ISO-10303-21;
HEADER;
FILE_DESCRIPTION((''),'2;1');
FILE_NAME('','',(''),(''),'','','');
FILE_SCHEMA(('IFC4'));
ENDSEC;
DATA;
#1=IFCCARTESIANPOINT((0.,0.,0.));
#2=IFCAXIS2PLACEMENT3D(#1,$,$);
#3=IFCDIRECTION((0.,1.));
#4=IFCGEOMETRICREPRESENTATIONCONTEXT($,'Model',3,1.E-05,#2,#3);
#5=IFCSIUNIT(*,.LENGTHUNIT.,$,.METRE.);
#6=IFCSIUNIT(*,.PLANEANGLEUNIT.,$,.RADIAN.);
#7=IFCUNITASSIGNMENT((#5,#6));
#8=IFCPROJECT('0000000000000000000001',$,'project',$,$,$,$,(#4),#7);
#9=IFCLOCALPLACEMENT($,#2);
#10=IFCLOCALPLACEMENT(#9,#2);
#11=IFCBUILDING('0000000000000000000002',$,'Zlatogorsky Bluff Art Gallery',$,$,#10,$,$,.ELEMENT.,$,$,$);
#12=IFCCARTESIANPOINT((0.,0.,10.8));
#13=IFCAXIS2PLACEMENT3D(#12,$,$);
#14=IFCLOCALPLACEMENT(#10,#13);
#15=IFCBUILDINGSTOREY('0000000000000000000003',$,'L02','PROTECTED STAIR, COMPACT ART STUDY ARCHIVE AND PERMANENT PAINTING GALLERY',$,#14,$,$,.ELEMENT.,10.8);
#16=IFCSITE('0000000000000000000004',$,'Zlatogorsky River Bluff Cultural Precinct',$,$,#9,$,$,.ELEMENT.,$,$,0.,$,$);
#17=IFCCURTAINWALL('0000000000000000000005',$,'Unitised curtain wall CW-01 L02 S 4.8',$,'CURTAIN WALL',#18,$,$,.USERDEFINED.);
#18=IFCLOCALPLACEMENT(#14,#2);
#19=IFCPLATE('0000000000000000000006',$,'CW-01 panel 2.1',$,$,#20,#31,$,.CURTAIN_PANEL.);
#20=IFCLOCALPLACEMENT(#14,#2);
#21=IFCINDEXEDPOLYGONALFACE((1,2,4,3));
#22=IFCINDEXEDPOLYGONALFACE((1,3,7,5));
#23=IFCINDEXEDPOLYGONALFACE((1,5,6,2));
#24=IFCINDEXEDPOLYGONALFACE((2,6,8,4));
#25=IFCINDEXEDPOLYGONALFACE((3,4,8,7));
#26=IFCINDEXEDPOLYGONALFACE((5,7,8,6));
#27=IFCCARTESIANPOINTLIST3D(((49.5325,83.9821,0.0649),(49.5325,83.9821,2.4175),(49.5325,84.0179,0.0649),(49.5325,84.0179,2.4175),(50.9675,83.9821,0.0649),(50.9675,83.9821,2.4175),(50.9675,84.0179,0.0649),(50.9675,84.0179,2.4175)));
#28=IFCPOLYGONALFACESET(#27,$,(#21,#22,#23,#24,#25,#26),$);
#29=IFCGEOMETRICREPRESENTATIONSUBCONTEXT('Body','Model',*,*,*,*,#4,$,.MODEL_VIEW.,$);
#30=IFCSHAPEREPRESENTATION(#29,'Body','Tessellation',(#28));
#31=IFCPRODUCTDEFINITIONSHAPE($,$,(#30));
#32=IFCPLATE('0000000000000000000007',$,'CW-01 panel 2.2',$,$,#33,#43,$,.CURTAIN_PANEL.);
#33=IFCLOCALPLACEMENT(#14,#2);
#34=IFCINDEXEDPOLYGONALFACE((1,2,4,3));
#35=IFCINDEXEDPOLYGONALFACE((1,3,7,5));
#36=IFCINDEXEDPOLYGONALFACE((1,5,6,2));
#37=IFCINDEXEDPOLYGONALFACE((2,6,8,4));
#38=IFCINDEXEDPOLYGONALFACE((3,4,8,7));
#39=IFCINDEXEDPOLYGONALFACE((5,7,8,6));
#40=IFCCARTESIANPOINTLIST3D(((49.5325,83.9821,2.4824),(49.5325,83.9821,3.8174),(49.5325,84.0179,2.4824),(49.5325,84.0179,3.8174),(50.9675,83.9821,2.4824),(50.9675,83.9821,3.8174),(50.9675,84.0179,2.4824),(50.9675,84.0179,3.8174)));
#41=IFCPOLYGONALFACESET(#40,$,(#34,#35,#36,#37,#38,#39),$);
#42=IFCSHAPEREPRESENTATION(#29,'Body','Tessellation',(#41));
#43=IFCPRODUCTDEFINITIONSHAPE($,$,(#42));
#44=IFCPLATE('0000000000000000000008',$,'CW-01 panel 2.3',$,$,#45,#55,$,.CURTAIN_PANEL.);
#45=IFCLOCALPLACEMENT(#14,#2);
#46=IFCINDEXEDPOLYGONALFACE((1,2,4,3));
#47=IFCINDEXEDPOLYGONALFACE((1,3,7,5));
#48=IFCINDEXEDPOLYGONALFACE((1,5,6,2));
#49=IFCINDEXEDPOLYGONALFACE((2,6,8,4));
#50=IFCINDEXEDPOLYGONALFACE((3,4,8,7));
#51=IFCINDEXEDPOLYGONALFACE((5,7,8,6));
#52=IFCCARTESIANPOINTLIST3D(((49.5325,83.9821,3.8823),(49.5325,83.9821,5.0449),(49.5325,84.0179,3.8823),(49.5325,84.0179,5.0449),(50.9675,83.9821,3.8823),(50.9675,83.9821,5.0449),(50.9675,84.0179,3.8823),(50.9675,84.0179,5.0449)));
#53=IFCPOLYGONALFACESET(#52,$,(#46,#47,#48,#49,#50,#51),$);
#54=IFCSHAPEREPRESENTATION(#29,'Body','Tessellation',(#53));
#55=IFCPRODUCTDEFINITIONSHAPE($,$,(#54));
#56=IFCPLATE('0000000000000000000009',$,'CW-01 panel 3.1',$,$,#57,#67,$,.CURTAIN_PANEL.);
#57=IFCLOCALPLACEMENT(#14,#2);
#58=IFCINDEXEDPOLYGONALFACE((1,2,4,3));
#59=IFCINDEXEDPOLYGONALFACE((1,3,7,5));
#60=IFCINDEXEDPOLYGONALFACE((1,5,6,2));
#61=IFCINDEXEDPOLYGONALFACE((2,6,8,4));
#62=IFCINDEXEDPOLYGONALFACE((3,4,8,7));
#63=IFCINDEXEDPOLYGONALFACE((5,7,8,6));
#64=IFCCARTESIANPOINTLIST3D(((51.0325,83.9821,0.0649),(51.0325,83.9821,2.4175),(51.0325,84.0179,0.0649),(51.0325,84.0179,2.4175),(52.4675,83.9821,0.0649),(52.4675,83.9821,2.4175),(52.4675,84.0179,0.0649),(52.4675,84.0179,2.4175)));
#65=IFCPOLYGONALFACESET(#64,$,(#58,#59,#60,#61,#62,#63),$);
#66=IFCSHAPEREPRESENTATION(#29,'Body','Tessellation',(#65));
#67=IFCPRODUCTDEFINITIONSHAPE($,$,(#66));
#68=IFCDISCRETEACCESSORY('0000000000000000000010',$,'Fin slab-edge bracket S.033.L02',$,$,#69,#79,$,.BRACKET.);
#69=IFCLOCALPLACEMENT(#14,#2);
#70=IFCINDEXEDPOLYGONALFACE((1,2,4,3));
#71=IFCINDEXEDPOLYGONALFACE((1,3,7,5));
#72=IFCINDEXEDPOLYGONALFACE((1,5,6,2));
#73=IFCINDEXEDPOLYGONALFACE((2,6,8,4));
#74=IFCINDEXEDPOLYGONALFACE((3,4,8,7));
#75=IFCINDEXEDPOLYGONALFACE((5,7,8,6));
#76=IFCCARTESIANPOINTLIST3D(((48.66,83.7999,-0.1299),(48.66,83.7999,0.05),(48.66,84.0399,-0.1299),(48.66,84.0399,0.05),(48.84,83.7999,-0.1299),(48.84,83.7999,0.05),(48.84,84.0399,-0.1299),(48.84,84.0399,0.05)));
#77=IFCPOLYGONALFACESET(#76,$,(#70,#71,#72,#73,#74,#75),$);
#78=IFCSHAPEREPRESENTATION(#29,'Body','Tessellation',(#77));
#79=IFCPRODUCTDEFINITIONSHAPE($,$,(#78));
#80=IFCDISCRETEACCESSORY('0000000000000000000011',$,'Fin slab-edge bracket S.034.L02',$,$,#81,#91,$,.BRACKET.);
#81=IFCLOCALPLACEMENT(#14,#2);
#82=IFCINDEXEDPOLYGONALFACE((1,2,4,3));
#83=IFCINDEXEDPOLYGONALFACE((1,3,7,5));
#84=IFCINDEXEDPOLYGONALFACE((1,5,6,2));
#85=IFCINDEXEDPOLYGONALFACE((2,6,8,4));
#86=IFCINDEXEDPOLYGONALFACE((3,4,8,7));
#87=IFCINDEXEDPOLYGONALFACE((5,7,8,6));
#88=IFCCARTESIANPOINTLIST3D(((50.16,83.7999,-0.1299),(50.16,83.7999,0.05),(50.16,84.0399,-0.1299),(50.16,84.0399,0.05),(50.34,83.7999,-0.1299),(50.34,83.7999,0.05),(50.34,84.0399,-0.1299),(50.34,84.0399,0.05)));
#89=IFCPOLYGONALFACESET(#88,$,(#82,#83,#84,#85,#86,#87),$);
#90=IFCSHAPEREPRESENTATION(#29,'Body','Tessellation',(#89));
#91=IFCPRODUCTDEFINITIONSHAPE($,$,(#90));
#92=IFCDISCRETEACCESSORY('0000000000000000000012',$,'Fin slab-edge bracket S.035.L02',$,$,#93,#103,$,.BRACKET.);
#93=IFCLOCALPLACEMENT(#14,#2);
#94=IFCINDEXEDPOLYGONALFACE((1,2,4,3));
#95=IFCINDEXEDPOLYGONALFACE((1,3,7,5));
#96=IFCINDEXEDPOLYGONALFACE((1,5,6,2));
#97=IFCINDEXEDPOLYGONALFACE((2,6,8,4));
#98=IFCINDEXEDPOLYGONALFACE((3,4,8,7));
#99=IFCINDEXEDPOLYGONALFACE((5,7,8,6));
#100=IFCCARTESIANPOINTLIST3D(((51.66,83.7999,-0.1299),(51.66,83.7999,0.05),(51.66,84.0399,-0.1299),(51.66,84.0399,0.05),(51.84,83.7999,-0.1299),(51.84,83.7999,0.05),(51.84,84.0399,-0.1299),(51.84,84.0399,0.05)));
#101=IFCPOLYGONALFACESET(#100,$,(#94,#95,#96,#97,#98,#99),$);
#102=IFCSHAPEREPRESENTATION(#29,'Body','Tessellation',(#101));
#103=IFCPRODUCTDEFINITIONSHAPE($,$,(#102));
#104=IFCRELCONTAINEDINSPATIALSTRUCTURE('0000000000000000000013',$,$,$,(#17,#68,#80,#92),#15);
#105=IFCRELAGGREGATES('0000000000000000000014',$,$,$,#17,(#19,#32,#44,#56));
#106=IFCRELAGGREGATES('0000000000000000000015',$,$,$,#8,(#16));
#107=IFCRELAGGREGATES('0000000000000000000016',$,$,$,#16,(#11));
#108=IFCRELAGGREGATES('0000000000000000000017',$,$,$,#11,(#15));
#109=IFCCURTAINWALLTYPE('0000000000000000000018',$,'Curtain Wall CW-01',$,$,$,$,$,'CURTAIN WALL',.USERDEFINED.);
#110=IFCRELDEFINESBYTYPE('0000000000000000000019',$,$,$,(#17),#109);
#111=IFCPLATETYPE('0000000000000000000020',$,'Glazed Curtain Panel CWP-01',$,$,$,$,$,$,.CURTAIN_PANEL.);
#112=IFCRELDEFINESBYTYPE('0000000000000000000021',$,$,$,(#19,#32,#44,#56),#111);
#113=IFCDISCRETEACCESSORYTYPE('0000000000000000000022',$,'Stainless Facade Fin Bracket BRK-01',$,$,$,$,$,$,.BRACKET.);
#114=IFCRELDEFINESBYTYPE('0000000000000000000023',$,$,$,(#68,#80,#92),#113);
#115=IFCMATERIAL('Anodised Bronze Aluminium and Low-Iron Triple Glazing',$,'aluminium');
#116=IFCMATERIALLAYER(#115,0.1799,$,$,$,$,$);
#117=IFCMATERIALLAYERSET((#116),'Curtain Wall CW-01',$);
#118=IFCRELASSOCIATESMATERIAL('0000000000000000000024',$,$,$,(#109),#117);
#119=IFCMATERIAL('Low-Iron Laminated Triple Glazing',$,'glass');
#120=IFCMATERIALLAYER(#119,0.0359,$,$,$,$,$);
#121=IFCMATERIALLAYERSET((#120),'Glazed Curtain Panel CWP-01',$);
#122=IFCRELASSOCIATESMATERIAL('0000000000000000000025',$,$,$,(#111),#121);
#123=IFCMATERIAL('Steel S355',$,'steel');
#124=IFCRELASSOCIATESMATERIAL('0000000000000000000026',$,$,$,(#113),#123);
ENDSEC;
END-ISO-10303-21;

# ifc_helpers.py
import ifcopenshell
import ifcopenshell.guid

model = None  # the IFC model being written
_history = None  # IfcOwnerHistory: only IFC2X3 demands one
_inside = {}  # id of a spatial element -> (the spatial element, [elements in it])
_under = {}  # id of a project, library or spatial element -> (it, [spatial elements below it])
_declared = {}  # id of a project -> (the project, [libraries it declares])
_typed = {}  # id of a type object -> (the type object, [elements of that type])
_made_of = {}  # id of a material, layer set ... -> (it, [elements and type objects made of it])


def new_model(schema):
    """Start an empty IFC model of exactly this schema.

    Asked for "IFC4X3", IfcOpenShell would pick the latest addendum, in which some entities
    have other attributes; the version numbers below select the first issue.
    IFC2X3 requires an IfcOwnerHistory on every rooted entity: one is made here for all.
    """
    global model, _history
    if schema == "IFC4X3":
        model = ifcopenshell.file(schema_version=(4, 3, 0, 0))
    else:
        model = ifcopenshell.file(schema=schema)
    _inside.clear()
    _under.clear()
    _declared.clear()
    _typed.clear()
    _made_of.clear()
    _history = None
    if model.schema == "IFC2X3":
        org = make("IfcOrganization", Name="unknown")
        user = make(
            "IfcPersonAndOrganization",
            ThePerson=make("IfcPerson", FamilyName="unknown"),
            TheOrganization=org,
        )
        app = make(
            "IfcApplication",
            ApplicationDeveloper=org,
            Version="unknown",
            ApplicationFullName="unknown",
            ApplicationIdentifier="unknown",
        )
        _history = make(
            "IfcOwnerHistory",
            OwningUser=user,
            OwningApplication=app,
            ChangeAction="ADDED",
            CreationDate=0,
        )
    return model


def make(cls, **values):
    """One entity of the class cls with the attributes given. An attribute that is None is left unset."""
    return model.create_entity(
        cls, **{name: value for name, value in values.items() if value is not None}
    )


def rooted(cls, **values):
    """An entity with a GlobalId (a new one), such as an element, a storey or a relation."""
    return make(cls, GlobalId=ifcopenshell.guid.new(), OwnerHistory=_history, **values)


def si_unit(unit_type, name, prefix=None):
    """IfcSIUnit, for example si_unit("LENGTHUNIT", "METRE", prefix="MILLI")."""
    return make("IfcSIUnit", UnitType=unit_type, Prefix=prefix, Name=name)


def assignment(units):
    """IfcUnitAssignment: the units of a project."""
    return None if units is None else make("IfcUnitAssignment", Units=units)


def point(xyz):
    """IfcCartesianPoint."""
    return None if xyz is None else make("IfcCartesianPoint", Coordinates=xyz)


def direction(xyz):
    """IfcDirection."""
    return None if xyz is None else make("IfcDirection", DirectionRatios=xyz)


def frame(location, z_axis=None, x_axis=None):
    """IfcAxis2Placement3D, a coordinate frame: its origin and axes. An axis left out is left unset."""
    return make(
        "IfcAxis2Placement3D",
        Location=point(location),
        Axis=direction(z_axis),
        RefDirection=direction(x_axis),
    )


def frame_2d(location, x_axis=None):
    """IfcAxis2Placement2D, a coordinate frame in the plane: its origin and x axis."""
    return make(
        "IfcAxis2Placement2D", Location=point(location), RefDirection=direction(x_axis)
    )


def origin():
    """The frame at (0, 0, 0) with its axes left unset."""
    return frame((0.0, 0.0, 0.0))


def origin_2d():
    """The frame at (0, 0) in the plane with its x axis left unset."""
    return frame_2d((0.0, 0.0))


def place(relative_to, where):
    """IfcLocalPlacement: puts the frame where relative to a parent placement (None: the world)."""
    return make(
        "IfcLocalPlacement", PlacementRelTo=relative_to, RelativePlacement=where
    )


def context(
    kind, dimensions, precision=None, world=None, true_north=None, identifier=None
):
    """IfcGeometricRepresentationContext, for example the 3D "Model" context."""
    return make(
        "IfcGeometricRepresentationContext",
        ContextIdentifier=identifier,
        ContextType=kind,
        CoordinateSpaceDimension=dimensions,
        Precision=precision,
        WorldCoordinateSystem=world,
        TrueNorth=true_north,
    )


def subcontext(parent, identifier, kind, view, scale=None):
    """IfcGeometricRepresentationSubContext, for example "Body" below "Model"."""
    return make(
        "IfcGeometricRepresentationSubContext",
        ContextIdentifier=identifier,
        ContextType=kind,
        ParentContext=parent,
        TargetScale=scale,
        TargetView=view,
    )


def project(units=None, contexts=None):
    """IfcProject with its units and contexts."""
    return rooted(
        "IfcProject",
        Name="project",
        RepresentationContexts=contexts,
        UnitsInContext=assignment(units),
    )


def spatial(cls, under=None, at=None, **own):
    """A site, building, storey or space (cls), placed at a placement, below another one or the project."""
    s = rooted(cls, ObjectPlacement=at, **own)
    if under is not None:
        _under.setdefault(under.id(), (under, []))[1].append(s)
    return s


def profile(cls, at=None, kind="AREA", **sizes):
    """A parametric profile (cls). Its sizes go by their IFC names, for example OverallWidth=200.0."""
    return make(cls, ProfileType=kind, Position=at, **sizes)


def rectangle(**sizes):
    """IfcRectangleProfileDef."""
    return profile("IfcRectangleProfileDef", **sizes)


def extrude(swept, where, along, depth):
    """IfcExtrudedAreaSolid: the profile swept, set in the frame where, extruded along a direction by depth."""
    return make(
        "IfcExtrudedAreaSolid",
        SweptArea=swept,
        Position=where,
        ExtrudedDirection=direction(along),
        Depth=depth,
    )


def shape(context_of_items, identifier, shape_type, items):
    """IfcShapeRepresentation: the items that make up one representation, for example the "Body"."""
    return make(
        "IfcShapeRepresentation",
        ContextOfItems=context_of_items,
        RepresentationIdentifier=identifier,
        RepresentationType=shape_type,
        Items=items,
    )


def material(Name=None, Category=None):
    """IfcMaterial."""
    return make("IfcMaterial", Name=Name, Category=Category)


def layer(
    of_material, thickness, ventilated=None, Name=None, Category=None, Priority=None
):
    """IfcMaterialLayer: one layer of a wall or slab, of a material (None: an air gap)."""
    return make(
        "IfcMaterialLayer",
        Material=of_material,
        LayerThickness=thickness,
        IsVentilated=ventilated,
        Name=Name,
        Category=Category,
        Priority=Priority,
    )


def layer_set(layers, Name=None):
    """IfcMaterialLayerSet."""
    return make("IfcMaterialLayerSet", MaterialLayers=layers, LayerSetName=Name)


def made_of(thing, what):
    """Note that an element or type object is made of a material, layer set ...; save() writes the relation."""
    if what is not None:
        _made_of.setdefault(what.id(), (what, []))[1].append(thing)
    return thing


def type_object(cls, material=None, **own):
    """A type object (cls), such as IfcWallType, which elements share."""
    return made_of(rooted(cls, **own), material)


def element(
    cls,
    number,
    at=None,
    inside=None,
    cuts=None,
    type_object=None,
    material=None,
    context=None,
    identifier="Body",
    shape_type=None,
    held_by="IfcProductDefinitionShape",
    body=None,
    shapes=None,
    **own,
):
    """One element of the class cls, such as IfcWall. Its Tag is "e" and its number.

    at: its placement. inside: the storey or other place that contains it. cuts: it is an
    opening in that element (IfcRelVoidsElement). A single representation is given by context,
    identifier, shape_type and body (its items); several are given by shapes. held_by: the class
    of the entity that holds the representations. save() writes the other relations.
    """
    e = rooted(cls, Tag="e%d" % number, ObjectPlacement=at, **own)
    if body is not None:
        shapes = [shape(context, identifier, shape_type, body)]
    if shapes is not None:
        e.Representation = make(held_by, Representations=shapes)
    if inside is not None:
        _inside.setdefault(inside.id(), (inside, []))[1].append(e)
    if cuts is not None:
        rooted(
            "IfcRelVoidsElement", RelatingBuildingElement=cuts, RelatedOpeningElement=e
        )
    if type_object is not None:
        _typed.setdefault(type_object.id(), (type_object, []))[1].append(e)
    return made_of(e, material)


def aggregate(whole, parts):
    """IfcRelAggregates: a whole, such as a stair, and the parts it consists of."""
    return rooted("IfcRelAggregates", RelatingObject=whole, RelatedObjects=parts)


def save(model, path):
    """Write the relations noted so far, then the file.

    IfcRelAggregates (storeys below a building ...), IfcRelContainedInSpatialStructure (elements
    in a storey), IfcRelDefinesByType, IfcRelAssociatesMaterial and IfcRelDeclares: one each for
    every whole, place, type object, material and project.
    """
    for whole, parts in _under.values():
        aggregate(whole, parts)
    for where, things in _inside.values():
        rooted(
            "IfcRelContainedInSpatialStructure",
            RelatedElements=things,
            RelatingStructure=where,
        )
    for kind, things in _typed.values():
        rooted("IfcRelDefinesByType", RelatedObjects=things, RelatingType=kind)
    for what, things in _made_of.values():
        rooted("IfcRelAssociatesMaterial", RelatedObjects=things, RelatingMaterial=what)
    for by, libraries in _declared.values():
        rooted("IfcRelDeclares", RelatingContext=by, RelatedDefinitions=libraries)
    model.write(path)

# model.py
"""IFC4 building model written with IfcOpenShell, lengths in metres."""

from ifc_helpers import new_model, si_unit, direction, frame, origin, origin_2d, place, context, subcontext, project, spatial, rectangle, extrude, material, layer, layer_set, type_object, element, aggregate, save


model = new_model("IFC4")

# Units and contexts
model_context = context("Model", 3, precision=1e-05, world=origin(), true_north=direction((0.0, 1.0)))
body_context = subcontext(model_context, "Body", "Model", "MODEL_VIEW")
ifc_project = project(units=[si_unit("LENGTHUNIT", "METRE"), si_unit("PLANEANGLEUNIT", "RADIAN")], contexts=[model_context])

# Site, building, storey
site_placement = place(None, origin())
site = spatial("IfcSite", under=ifc_project, at=site_placement, Name="Zlatogorsky River Bluff Cultural Precinct", CompositionType="ELEMENT", RefElevation=0.0)
building_placement = place(site_placement, origin())
building = spatial("IfcBuilding", under=site, at=building_placement, Name="Zlatogorsky Bluff Art Gallery", CompositionType="ELEMENT")
storey_placement = place(building_placement, frame((0.0, 0.0, 10.8)))
storey = spatial("IfcBuildingStorey", under=building, at=storey_placement, Name="L02", Description="PROTECTED STAIR, COMPACT ART STUDY ARCHIVE AND PERMANENT PAINTING GALLERY", CompositionType="ELEMENT", Elevation=10.8)

# Curtain wall, plates
ifc_material_1 = material(Name="Anodised Bronze Aluminium and Low-Iron Triple Glazing", Category="aluminium")
ifc_layer_1 = layer(ifc_material_1, 0.1799)
ifc_layer_set_1 = layer_set([ifc_layer_1], Name="Curtain Wall CW-01")
curtain_wall_type = type_object("IfcCurtainWallType", Name="Curtain Wall CW-01", ElementType="CURTAIN WALL", PredefinedType="USERDEFINED", material=ifc_layer_set_1)
curtain_wall_placement = place(storey_placement, origin())
curtain_wall = element("IfcCurtainWall", 1, at=curtain_wall_placement, inside=storey, type_object=curtain_wall_type, Name="Unitised curtain wall CW-01 L02 S 4.8", ObjectType="CURTAIN WALL", PredefinedType="USERDEFINED")
ifc_material_2 = material(Name="Low-Iron Laminated Triple Glazing", Category="glass")
ifc_layer_2 = layer(ifc_material_2, 0.0359)
ifc_layer_set_2 = layer_set([ifc_layer_2], Name="Glazed Curtain Panel CWP-01")
plate_type = type_object("IfcPlateType", Name="Glazed Curtain Panel CWP-01", PredefinedType="CURTAIN_PANEL", material=ifc_layer_set_2)
plate_1_placement = place(storey_placement, frame((50.25, 84.0, 0.0649), z_axis=(0.0, 0.0, 1.0), x_axis=(1.0, 0.0, 0.0)))
plate_1 = element("IfcPlate", 2, at=plate_1_placement, type_object=plate_type, Name="CW-01 panel 2.1", PredefinedType="CURTAIN_PANEL", context=body_context, shape_type="SweptSolid", body=[
    extrude(rectangle(XDim=1.4351, YDim=0.0359, at=origin_2d()), origin(), (0.0, 0.0, 1.0), 2.3525),
])
plate_2_placement = place(storey_placement, frame((50.25, 84.0, 2.4824), z_axis=(0.0, 0.0, 1.0), x_axis=(1.0, 0.0, 0.0)))
plate_2 = element("IfcPlate", 3, at=plate_2_placement, type_object=plate_type, Name="CW-01 panel 2.2", PredefinedType="CURTAIN_PANEL", context=body_context, shape_type="SweptSolid", body=[
    extrude(rectangle(XDim=1.4351, YDim=0.0359, at=origin_2d()), origin(), (0.0, 0.0, 1.0), 1.335),
])
plate_3_placement = place(storey_placement, frame((50.25, 84.0, 3.8823), z_axis=(0.0, 0.0, 1.0), x_axis=(1.0, 0.0, 0.0)))
plate_3 = element("IfcPlate", 4, at=plate_3_placement, type_object=plate_type, Name="CW-01 panel 2.3", PredefinedType="CURTAIN_PANEL", context=body_context, shape_type="SweptSolid", body=[
    extrude(rectangle(XDim=1.4351, YDim=0.0359, at=origin_2d()), origin(), (0.0, 0.0, 1.0), 1.1626),
])
plate_4_placement = place(storey_placement, frame((51.75, 84.0, 0.0649), z_axis=(0.0, 0.0, 1.0), x_axis=(1.0, 0.0, 0.0)))
plate_4 = element("IfcPlate", 5, at=plate_4_placement, type_object=plate_type, Name="CW-01 panel 3.1", PredefinedType="CURTAIN_PANEL", context=body_context, shape_type="SweptSolid", body=[
    extrude(rectangle(XDim=1.4351, YDim=0.0359, at=origin_2d()), origin(), (0.0, 0.0, 1.0), 2.3525),
])
aggregate(curtain_wall, [plate_1, plate_2, plate_3, plate_4])

# Discrete accessories
ifc_material_3 = material(Name="Steel S355", Category="steel")
discrete_accessory_type = type_object("IfcDiscreteAccessoryType", Name="Stainless Facade Fin Bracket BRK-01", PredefinedType="BRACKET", material=ifc_material_3)
for number, where, z_axis, x_axis, name in (
    (6, (48.75, 83.9199, -0.1299), (0.0, 0.0, 1.0), (1.0, 0.0, 0.0), "Fin slab-edge bracket S.033.L02"),
    (7, (50.25, 83.9199, -0.1299), (0.0, 0.0, 1.0), (1.0, 0.0, 0.0), "Fin slab-edge bracket S.034.L02"),
    (8, (51.75, 83.9199, -0.1299), (0.0, 0.0, 1.0), (1.0, 0.0, 0.0), "Fin slab-edge bracket S.035.L02"),
):
    element("IfcDiscreteAccessory", number, at=place(storey_placement, frame(where, z_axis=z_axis, x_axis=x_axis)), inside=storey, type_object=discrete_accessory_type, Name=name, PredefinedType="BRACKET", context=body_context, shape_type="SweptSolid", body=[
        extrude(rectangle(XDim=0.1799, YDim=0.24, at=origin_2d()), origin(), (0.0, 0.0, 1.0), 0.1799),
    ])

save(model, "model.ifc")
